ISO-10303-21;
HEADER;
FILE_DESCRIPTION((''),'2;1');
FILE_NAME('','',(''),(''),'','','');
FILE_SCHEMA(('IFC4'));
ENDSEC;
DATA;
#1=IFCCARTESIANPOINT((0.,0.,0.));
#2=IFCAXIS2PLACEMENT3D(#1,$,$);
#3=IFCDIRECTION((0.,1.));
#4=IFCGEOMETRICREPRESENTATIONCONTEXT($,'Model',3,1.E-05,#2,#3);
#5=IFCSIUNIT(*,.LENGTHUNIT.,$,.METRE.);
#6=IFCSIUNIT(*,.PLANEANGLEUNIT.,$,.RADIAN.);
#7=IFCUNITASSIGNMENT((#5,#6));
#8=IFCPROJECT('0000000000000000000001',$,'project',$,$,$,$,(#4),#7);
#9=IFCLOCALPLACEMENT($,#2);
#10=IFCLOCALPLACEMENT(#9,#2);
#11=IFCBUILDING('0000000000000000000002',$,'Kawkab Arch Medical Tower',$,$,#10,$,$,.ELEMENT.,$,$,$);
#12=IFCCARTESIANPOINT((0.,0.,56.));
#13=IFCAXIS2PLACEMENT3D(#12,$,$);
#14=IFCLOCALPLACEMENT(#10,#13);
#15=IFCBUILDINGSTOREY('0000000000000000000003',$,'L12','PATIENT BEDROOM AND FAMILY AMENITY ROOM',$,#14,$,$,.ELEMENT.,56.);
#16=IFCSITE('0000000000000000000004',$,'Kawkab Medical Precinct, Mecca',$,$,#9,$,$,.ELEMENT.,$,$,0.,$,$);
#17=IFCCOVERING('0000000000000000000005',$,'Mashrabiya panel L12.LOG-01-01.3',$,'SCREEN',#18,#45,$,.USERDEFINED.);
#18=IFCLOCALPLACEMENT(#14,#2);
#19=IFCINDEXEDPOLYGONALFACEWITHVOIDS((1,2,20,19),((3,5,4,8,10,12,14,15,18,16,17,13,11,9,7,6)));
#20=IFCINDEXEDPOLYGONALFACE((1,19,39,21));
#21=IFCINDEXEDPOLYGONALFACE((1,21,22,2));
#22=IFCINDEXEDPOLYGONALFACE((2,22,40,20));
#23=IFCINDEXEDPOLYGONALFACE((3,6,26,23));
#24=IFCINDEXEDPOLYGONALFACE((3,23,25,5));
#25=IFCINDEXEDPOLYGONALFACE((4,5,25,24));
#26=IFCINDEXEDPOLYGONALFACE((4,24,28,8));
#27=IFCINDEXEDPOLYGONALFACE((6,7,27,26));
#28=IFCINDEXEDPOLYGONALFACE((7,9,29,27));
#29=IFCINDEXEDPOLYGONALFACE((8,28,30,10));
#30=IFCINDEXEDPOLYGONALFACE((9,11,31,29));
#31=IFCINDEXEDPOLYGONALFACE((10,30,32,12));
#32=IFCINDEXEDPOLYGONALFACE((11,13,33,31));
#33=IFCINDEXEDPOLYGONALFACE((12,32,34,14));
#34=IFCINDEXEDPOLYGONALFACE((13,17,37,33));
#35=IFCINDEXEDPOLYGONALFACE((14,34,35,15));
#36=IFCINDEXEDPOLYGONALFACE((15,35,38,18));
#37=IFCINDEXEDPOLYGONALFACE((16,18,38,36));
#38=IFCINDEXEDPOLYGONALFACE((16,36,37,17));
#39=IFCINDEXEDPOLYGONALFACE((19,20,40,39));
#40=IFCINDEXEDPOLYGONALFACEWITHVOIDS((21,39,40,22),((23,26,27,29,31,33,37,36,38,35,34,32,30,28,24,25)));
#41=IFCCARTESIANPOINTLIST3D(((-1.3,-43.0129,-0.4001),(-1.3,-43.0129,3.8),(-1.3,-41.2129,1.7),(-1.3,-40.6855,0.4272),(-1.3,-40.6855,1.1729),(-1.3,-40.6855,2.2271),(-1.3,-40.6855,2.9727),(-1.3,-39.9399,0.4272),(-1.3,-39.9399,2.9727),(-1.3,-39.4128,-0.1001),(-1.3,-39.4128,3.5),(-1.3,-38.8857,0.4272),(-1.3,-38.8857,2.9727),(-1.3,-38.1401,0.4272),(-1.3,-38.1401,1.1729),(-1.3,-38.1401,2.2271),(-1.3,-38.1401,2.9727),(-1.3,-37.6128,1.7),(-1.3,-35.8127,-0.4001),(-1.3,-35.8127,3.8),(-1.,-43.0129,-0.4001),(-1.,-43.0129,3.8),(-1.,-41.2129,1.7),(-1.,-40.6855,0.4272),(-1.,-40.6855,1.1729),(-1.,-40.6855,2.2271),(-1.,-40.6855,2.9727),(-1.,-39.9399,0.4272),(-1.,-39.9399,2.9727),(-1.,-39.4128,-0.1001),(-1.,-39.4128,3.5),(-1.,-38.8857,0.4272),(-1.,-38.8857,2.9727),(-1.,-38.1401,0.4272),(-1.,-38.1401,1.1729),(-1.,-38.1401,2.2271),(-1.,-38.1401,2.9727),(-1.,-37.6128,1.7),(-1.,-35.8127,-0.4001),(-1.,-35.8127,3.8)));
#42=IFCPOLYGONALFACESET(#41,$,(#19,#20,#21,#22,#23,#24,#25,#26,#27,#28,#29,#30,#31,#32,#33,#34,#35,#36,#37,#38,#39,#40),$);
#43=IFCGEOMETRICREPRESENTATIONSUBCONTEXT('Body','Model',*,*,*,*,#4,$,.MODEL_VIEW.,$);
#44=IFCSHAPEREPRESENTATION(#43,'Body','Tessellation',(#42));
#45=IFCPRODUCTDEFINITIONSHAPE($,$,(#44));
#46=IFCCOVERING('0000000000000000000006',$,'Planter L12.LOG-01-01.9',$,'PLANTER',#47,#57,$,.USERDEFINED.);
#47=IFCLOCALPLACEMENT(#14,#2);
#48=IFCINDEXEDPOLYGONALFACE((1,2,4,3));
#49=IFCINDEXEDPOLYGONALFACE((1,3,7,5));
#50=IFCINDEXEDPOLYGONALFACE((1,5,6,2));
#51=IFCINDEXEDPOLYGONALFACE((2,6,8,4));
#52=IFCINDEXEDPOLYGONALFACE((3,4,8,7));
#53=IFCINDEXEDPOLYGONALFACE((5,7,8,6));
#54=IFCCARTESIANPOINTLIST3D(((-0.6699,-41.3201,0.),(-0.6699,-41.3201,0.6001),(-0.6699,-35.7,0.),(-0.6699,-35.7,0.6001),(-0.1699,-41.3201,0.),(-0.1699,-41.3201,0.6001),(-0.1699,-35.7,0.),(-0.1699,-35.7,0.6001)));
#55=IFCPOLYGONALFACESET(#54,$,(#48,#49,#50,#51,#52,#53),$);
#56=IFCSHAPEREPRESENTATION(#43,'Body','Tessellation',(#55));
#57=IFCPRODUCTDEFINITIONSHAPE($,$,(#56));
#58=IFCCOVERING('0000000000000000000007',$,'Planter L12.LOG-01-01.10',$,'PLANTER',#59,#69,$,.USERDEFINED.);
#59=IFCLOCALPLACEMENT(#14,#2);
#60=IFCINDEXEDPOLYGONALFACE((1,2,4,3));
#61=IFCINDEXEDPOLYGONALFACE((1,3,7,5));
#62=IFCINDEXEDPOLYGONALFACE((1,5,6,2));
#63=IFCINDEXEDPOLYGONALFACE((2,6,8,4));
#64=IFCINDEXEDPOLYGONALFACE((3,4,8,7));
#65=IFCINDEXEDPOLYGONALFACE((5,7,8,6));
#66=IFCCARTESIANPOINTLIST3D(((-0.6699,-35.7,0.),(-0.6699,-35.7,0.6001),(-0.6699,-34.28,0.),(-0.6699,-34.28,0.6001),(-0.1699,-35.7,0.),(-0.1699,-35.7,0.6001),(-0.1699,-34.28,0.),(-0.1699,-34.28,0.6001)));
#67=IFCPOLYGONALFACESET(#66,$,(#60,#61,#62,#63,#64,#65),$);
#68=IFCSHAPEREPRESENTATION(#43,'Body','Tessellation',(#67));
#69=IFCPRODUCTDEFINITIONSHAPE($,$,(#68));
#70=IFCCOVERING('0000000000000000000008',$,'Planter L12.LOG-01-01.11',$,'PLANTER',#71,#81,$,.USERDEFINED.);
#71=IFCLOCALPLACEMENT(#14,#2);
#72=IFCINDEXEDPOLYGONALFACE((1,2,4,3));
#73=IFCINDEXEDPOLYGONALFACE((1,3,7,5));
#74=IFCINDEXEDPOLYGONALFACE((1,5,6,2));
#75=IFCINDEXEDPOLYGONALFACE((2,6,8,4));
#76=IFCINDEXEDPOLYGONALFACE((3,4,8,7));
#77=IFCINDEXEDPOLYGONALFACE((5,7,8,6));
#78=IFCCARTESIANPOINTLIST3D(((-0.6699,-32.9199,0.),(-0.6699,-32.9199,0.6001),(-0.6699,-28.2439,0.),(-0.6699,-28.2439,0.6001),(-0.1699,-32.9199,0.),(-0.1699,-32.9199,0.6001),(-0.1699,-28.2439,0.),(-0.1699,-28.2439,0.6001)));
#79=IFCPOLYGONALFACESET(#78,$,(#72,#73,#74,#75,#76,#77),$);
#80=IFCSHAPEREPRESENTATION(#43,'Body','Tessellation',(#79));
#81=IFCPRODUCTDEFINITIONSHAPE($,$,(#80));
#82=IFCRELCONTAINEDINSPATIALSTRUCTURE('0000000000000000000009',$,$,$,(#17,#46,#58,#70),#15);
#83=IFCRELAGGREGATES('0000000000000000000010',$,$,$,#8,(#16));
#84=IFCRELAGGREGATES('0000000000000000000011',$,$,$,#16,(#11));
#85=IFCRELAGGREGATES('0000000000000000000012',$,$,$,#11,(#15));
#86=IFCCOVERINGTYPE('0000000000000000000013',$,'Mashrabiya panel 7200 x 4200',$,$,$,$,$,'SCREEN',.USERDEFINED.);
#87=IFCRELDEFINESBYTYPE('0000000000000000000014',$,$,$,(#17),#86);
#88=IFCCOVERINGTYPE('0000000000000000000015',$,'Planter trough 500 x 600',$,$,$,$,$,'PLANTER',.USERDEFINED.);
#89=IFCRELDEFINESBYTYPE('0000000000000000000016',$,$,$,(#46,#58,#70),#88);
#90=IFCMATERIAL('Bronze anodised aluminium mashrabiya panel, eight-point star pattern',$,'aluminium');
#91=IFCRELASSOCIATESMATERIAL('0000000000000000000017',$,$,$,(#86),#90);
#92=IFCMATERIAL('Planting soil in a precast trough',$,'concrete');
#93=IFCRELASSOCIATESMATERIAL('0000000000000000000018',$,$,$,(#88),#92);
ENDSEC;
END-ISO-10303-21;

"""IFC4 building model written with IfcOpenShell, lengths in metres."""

from ifc_helpers import new_model, si_unit, direction, frame, origin, origin_2d, place, context, subcontext, project, spatial, polyline, rectangle, outline, extrude, material, material_profile, profile_set, type_object, element, save


model = new_model("IFC4")

# Units and contexts
model_context = context("Model", 3, precision=1e-05, world=origin(), true_north=direction((0.0, 1.0)))
body_context = subcontext(model_context, "Body", "Model", "MODEL_VIEW")
ifc_project = project(units=[si_unit("LENGTHUNIT", "METRE"), si_unit("PLANEANGLEUNIT", "RADIAN")], contexts=[model_context])

# Site, building, storey
site_placement = place(None, origin())
site = spatial("IfcSite", under=ifc_project, at=site_placement, Name="Kawkab Medical Precinct, Mecca", CompositionType="ELEMENT", RefElevation=0.0)
building_placement = place(site_placement, origin())
building = spatial("IfcBuilding", under=site, at=building_placement, Name="Kawkab Arch Medical Tower", CompositionType="ELEMENT")
storey_placement = place(building_placement, frame((0.0, 0.0, 56.0)))
storey = spatial("IfcBuildingStorey", under=building, at=storey_placement, Name="L12", Description="PATIENT BEDROOM AND FAMILY AMENITY ROOM", CompositionType="ELEMENT", Elevation=56.0)

# Coverings
ifc_material_1 = material(Name="Bronze anodised aluminium mashrabiya panel, eight-point star pattern", Category="aluminium")
ifc_material_profile_1 = material_profile(ifc_material_1, outline(polyline([(-3.6001, -2.1001), (3.6001, -2.1001), (3.6001, 2.1001), (-3.6001, 2.1001), (-3.6001, -2.1001)]), holes=[polyline([(1.8, 0.0), (1.2727, 0.5271), (1.2727, 1.2727), (0.5271, 1.2727), (0.0, 1.8), (-0.5271, 1.2727), (-1.2727, 1.2727), (-1.2727, 0.5271), (-1.8, 0.0), (-1.2727, -0.5271), (-1.2727, -1.2727), (-0.5271, -1.2727), (0.0, -1.8), (0.5271, -1.2727), (1.2727, -1.2727), (1.2727, -0.5271), (1.8, 0.0)])]), Name="Mashrabiya panel 7200x4200")
ifc_profile_set_1 = profile_set([ifc_material_profile_1], Name="Bronze anodised aluminium mashrabiya panel, eight-point star pattern")
covering_type_1 = type_object("IfcCoveringType", Name="Mashrabiya panel 7200 x 4200", ElementType="SCREEN", PredefinedType="USERDEFINED", material=ifc_profile_set_1)
covering_1_placement = place(storey_placement, frame((-1.0, -39.4128, 1.7), z_axis=(-1.0, 0.0, 0.0), x_axis=(0.0, -1.0, 0.0)))
element("IfcCovering", 1, at=covering_1_placement, inside=storey, type_object=covering_type_1, Name="Mashrabiya panel L12.LOG-01-01.3", ObjectType="SCREEN", PredefinedType="USERDEFINED", context=body_context, shape_type="SweptSolid", body=[
    extrude(outline(polyline([(-3.6001, -2.1001), (3.6001, -2.1001), (3.6001, 2.1001), (-3.6001, 2.1001), (-3.6001, -2.1001)]), holes=[polyline([(1.8, 0.0), (1.2727, 0.5271), (1.2727, 1.2727), (0.5271, 1.2727), (0.0, 1.8), (-0.5271, 1.2727), (-1.2727, 1.2727), (-1.2727, 0.5271), (-1.8, 0.0), (-1.2727, -0.5271), (-1.2727, -1.2727), (-0.5271, -1.2727), (0.0, -1.8), (0.5271, -1.2727), (1.2727, -1.2727), (1.2727, -0.5271), (1.8, 0.0)])]), origin(), (0.0, 0.0, 1.0), 0.3),
])
ifc_material_2 = material(Name="Planting soil in a precast trough", Category="concrete")
ifc_material_profile_2 = material_profile(ifc_material_2, rectangle(XDim=0.5, YDim=0.6001, at=origin_2d()), Name="Trough 500x600")
ifc_profile_set_2 = profile_set([ifc_material_profile_2], Name="Planting soil in a precast trough")
covering_type_2 = type_object("IfcCoveringType", Name="Planter trough 500 x 600", ElementType="PLANTER", PredefinedType="USERDEFINED", material=ifc_profile_set_2)
covering_2_placement = place(storey_placement, frame((-0.4199, -41.3201, 0.3), z_axis=(0.0, 1.0, 0.0), x_axis=(-1.0, 0.0, 0.0)))
element("IfcCovering", 2, at=covering_2_placement, inside=storey, type_object=covering_type_2, Name="Planter L12.LOG-01-01.9", ObjectType="PLANTER", PredefinedType="USERDEFINED", context=body_context, shape_type="SweptSolid", body=[
    extrude(rectangle(XDim=0.5, YDim=0.6001, at=origin_2d()), origin(), (0.0, 0.0, 1.0), 5.6201),
])
covering_3_placement = place(storey_placement, frame((-0.4199, -35.7, 0.3), z_axis=(0.0, 1.0, 0.0), x_axis=(-1.0, 0.0, 0.0)))
element("IfcCovering", 3, at=covering_3_placement, inside=storey, type_object=covering_type_2, Name="Planter L12.LOG-01-01.10", ObjectType="PLANTER", PredefinedType="USERDEFINED", context=body_context, shape_type="SweptSolid", body=[
    extrude(rectangle(XDim=0.5, YDim=0.6001, at=origin_2d()), origin(), (0.0, 0.0, 1.0), 1.4199),
])
covering_4_placement = place(storey_placement, frame((-0.4199, -32.9199, 0.3), z_axis=(0.0, 1.0, 0.0), x_axis=(-1.0, 0.0, 0.0)))
element("IfcCovering", 4, at=covering_4_placement, inside=storey, type_object=covering_type_2, Name="Planter L12.LOG-01-01.11", ObjectType="PLANTER", PredefinedType="USERDEFINED", context=body_context, shape_type="SweptSolid", body=[
    extrude(rectangle(XDim=0.5, YDim=0.6001, at=origin_2d()), origin(), (0.0, 0.0, 1.0), 4.676),
])

save(model, "model.ifc")
